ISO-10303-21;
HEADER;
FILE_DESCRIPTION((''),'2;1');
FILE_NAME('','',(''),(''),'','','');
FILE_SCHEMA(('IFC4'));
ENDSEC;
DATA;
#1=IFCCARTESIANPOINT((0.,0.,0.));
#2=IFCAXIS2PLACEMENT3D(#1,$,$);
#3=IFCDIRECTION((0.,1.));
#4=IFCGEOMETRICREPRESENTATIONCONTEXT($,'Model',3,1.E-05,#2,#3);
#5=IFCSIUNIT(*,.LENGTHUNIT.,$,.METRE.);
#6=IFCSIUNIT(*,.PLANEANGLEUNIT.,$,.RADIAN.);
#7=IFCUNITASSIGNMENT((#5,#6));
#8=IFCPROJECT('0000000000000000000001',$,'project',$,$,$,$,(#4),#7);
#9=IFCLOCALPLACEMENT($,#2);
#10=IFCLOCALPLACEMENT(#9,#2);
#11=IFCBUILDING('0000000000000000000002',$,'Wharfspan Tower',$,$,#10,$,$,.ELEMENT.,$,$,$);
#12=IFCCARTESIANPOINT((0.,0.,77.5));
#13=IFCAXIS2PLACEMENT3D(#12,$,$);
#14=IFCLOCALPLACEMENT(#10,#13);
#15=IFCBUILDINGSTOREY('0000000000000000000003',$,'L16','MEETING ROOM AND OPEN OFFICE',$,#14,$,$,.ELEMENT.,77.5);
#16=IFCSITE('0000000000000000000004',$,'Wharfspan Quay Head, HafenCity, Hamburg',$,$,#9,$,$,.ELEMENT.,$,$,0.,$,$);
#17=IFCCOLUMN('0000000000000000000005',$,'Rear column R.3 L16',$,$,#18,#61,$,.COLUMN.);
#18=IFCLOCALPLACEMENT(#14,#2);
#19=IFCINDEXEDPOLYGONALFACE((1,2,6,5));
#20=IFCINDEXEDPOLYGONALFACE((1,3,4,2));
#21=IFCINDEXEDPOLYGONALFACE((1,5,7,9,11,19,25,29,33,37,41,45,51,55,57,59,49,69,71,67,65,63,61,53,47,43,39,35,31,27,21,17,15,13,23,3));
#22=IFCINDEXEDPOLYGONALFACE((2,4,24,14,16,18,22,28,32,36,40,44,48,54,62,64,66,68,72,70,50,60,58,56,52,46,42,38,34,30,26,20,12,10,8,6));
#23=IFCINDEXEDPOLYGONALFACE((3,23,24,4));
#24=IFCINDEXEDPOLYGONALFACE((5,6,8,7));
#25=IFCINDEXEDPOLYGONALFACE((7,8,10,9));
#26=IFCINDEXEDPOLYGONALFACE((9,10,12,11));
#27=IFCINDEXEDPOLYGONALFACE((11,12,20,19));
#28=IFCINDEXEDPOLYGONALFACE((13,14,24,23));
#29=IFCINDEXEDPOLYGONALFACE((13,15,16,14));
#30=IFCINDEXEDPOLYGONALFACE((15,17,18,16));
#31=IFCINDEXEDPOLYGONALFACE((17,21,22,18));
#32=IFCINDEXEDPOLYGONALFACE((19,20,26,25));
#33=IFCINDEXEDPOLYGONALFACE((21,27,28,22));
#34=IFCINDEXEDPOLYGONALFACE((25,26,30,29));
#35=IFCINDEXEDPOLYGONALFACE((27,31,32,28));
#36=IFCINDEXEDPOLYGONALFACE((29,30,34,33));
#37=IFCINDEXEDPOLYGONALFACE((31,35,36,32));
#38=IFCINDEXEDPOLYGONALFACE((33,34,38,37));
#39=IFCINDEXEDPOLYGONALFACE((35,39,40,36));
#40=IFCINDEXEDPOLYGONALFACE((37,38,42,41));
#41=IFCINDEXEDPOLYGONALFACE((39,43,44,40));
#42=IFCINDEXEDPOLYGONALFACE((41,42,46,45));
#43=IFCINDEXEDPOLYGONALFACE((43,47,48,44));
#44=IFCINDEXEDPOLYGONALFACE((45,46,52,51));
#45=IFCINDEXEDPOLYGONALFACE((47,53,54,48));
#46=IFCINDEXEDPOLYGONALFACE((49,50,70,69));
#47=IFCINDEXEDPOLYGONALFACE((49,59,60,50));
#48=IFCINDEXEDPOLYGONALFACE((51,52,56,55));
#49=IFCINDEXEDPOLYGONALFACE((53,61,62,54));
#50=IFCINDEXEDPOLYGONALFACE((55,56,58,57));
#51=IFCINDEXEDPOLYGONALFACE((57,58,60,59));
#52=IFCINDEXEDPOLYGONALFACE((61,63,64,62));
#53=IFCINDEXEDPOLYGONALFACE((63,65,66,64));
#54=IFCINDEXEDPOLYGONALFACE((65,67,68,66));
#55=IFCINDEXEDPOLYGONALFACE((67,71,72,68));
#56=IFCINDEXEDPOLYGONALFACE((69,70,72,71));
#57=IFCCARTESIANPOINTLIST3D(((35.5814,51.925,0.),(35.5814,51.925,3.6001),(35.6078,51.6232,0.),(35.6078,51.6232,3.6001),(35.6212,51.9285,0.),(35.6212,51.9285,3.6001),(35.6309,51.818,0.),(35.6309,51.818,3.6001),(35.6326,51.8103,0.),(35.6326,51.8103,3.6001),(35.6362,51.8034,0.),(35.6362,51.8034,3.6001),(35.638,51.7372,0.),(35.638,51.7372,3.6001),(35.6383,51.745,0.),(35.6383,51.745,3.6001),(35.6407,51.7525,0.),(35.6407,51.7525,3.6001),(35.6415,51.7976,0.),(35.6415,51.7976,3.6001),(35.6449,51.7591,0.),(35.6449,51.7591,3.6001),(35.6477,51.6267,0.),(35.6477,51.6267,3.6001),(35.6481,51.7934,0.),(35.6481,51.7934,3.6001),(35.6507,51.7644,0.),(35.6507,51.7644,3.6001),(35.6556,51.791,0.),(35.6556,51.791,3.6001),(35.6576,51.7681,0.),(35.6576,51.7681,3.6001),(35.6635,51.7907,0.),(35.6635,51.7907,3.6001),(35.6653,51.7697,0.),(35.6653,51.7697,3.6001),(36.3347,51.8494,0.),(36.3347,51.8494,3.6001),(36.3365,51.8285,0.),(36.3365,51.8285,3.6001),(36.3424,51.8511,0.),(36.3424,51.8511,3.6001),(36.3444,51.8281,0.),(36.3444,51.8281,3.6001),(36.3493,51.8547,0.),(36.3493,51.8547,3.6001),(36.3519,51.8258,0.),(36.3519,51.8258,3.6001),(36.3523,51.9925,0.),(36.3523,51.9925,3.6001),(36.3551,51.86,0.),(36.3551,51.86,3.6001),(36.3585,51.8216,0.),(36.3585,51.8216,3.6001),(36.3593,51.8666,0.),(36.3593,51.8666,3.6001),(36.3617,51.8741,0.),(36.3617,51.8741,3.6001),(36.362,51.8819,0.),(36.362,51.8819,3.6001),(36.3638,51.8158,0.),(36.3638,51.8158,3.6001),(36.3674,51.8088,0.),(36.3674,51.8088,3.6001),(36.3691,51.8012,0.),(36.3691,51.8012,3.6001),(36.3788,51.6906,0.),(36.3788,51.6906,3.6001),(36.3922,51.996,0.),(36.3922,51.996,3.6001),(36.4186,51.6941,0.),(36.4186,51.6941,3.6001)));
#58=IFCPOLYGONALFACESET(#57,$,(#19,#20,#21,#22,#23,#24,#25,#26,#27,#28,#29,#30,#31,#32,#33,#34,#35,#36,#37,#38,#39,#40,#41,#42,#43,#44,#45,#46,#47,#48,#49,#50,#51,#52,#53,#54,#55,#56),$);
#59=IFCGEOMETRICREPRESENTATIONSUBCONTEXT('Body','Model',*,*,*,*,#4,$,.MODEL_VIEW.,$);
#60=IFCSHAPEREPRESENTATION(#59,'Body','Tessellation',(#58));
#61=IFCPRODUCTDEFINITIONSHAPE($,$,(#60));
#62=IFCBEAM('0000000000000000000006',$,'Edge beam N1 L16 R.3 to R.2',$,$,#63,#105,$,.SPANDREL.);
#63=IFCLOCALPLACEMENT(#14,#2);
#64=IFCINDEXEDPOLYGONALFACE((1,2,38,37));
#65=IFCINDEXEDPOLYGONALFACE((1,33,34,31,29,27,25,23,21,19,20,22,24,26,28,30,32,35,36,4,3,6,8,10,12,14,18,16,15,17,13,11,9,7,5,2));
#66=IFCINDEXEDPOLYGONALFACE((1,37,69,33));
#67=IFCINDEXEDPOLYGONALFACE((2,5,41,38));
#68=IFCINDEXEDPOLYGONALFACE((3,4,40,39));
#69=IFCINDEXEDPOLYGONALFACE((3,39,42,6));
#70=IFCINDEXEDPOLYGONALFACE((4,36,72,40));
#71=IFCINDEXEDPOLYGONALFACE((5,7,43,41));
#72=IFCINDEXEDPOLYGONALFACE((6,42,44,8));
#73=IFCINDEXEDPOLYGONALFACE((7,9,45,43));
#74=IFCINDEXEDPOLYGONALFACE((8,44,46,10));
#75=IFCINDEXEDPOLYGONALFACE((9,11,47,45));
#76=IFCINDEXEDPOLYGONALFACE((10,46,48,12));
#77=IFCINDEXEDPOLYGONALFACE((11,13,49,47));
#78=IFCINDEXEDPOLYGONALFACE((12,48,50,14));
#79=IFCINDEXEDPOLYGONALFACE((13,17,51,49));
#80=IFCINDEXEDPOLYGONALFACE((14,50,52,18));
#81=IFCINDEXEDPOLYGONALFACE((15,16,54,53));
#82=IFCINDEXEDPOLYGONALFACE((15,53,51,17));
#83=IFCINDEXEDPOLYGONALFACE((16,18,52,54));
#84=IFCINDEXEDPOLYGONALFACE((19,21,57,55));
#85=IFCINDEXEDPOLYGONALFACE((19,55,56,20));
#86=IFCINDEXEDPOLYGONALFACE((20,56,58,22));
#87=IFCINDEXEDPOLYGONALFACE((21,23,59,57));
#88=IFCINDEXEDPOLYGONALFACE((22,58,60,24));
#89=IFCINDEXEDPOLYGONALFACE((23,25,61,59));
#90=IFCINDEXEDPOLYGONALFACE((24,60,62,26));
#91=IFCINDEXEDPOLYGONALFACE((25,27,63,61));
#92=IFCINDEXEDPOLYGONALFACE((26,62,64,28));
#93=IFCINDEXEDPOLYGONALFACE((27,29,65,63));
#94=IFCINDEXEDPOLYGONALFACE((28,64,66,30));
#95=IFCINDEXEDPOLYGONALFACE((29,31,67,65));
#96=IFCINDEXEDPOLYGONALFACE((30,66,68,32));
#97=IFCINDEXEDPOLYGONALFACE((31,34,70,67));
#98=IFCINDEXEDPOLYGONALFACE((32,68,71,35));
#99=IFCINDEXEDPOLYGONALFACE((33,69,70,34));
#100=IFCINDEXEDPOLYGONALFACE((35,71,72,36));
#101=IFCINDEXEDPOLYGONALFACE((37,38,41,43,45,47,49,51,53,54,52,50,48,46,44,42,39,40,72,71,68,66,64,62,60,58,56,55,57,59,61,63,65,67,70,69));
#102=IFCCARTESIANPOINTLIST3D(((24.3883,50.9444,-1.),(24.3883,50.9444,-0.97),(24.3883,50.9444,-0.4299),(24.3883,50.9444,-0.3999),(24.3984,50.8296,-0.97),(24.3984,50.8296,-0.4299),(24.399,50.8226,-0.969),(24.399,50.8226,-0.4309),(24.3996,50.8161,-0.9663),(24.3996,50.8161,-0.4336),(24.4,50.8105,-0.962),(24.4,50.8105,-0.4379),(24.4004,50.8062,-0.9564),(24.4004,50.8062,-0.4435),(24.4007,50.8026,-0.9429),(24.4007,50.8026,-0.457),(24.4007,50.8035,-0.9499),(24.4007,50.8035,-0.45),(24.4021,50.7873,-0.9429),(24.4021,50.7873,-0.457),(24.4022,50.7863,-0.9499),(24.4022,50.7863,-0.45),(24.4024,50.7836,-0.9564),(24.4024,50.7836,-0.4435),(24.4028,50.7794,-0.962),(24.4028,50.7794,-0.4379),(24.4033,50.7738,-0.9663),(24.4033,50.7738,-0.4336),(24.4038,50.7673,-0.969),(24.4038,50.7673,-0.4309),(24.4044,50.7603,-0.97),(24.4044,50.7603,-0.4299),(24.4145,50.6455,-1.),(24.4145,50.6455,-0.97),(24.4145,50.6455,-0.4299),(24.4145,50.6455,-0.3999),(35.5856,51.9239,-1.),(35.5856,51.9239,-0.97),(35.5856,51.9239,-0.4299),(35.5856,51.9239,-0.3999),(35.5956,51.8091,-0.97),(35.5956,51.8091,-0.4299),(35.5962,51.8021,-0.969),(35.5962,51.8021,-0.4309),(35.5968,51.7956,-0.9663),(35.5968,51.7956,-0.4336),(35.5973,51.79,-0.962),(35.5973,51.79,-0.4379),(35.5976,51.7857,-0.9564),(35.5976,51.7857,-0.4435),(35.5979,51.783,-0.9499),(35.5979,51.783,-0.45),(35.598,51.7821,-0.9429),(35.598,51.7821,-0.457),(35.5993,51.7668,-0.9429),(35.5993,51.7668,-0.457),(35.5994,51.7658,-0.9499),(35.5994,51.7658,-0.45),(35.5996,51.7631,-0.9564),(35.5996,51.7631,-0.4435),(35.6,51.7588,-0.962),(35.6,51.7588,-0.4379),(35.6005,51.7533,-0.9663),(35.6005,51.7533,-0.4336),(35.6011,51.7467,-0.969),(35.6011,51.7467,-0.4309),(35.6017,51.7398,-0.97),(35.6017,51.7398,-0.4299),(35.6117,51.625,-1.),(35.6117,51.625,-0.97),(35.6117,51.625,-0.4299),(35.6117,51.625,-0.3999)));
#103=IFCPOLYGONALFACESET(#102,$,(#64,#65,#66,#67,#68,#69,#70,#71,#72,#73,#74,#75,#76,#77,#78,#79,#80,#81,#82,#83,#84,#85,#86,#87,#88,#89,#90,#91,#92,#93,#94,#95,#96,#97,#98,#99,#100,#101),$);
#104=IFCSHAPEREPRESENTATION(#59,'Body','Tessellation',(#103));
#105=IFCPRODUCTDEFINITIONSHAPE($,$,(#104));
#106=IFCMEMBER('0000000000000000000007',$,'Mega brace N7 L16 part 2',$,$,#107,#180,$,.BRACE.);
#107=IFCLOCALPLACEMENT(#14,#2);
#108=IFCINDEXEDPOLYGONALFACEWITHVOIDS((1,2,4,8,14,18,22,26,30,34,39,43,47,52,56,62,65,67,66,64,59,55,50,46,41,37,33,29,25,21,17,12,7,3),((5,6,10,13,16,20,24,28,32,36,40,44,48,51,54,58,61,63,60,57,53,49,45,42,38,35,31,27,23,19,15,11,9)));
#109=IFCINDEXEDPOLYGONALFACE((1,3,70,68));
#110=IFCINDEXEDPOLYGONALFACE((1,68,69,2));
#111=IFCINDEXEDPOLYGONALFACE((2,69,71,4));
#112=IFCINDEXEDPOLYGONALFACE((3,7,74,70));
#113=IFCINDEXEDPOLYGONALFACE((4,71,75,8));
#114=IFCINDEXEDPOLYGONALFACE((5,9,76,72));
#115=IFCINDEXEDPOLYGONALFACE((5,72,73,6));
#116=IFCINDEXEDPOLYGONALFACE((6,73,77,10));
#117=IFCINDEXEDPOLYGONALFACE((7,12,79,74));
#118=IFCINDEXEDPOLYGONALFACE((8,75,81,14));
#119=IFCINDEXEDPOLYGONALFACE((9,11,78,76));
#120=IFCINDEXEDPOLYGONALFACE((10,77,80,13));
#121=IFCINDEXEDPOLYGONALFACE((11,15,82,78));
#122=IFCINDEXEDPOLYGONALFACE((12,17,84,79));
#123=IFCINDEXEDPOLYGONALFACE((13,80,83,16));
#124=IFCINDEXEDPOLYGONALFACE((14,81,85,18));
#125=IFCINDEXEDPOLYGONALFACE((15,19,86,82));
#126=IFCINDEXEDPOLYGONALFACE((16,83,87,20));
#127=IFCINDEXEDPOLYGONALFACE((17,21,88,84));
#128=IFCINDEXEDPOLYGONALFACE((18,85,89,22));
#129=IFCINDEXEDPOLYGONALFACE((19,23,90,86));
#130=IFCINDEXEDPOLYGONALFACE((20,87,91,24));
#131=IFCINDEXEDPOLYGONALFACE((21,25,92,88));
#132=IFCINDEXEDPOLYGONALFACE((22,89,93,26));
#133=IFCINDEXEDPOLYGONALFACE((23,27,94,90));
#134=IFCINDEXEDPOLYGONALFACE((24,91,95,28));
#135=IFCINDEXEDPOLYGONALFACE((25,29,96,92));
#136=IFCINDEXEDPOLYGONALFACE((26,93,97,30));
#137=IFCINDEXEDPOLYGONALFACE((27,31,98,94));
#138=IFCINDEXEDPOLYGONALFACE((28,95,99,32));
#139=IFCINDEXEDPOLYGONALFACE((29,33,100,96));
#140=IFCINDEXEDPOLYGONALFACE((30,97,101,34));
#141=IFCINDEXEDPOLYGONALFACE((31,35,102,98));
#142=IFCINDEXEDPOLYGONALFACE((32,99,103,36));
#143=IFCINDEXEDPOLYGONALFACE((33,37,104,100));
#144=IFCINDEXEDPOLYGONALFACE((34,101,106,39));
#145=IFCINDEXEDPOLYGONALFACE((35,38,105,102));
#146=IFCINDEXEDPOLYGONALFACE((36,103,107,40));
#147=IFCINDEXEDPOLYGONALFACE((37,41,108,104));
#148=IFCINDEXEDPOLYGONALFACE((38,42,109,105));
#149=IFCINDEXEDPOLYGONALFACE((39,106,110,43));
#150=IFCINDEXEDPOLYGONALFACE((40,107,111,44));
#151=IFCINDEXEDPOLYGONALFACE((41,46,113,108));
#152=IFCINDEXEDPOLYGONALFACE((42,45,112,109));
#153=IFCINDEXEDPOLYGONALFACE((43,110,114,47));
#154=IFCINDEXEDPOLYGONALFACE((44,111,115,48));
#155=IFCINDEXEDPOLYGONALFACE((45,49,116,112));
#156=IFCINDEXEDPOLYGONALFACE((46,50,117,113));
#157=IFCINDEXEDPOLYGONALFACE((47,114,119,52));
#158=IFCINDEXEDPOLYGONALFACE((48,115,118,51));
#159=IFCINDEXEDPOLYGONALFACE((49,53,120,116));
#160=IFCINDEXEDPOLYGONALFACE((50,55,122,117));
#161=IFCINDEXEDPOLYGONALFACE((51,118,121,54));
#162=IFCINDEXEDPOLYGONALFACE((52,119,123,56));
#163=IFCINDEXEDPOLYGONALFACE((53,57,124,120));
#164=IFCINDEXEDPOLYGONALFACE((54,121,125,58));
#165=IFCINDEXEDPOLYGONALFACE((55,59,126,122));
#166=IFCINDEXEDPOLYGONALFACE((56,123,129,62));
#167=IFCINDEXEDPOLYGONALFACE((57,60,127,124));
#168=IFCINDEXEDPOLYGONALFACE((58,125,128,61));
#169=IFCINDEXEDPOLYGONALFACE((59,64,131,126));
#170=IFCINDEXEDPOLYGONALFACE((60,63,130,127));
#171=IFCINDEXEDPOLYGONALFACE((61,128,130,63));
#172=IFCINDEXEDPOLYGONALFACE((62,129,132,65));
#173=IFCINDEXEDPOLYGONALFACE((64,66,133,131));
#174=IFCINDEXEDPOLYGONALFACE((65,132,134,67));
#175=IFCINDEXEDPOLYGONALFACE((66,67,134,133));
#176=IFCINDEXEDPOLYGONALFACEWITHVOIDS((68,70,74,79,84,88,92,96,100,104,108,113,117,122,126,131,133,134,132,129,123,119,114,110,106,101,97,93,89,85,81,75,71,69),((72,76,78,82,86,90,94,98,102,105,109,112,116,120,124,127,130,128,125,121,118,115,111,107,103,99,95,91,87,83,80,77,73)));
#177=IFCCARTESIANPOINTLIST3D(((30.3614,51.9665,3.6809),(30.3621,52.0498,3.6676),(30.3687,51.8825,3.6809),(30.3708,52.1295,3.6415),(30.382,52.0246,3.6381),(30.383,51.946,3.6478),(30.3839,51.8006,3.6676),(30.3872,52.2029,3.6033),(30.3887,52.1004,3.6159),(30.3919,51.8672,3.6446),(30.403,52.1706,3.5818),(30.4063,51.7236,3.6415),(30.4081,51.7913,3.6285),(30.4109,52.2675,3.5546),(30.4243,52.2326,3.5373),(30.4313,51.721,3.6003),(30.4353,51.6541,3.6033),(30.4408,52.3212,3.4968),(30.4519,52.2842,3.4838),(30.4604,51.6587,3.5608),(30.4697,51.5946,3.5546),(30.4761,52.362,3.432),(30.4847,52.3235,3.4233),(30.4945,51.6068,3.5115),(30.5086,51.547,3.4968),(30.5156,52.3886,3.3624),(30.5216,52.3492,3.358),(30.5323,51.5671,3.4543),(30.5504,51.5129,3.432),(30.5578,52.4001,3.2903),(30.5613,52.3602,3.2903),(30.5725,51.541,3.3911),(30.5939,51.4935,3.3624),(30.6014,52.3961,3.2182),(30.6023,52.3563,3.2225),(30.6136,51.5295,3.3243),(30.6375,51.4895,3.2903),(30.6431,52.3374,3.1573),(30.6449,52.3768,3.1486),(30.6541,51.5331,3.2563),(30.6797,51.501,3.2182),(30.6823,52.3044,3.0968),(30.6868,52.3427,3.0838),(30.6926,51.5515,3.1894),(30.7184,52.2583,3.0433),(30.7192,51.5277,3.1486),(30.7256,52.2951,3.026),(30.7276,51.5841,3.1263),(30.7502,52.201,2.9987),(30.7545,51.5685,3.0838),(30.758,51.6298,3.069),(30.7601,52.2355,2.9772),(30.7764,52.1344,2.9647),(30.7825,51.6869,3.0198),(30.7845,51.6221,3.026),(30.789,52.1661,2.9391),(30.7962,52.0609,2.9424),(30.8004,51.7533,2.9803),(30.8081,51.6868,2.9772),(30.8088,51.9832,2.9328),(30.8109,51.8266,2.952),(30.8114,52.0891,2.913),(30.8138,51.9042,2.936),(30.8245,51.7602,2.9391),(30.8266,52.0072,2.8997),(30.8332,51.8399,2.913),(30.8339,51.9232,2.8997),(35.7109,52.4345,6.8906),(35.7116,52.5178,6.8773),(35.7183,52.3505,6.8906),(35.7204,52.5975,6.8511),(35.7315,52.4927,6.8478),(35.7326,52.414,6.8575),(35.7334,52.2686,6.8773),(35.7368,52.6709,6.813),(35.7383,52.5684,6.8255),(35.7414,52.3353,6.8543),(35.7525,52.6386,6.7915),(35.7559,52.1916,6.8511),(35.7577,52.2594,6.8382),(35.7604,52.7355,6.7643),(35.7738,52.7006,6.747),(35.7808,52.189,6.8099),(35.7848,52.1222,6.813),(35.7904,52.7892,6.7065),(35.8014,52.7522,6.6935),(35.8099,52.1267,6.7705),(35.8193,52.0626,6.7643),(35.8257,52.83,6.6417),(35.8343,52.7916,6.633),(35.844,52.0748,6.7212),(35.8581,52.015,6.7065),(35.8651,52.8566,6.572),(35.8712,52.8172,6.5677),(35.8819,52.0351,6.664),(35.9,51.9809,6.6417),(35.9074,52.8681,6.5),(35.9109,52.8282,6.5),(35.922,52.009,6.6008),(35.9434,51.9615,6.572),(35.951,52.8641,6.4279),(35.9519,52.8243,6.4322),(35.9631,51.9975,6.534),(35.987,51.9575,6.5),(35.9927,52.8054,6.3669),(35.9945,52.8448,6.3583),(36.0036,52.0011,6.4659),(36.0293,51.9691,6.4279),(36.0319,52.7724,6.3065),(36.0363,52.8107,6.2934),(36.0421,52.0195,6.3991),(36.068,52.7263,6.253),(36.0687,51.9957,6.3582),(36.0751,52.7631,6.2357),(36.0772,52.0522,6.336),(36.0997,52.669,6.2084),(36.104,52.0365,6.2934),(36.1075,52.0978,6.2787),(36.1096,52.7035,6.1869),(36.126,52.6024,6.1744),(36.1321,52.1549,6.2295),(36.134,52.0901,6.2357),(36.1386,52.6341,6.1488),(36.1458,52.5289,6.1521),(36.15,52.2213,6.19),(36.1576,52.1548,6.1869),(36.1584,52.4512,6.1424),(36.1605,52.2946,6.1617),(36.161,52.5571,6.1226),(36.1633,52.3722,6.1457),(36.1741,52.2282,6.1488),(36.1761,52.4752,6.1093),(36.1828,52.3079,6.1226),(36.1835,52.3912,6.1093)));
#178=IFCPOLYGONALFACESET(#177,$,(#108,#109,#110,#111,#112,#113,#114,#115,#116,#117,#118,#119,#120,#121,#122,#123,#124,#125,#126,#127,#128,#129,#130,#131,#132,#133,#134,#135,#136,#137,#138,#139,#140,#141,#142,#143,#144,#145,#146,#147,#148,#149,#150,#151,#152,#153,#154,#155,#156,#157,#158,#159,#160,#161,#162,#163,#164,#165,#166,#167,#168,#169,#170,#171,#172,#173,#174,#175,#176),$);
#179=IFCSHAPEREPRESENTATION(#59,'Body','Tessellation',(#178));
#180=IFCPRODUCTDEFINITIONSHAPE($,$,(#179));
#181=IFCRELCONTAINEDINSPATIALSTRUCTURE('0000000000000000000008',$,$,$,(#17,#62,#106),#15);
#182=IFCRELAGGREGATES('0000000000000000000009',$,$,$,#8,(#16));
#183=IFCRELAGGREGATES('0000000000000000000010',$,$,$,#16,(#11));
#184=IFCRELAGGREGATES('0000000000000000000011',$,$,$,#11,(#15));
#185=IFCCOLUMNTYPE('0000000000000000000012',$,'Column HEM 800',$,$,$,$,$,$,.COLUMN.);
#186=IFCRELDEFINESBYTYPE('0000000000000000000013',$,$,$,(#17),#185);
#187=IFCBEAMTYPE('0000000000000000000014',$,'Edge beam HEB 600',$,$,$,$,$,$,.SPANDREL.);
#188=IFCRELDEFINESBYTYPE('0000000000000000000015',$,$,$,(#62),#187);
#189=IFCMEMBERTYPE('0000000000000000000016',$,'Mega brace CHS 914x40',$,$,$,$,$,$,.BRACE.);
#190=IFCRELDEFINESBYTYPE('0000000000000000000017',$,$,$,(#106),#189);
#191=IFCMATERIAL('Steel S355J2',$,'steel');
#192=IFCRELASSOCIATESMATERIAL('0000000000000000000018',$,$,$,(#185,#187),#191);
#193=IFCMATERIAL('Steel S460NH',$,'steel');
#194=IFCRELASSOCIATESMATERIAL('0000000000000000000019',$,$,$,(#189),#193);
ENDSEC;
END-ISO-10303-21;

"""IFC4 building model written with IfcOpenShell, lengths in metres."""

from ifc_helpers import new_model, si_unit, direction, frame, origin, origin_2d, place, context, subcontext, project, spatial, hollow_circle, i_section, extrude, material, material_profile, profile_set, type_object, element, save


model = new_model("IFC4")

# Units and contexts
model_context = context("Model", 3, precision=1e-05, world=origin(), true_north=direction((0.0, 1.0)))
body_context = subcontext(model_context, "Body", "Model", "MODEL_VIEW")
ifc_project = project(units=[si_unit("LENGTHUNIT", "METRE"), si_unit("PLANEANGLEUNIT", "RADIAN")], contexts=[model_context])

# Site, building, storey
site_placement = place(None, origin())
site = spatial("IfcSite", under=ifc_project, at=site_placement, Name="Wharfspan Quay Head, HafenCity, Hamburg", CompositionType="ELEMENT", RefElevation=0.0)
building_placement = place(site_placement, origin())
building = spatial("IfcBuilding", under=site, at=building_placement, Name="Wharfspan Tower", CompositionType="ELEMENT")
storey_placement = place(building_placement, frame((0.0, 0.0, 77.5)))
storey = spatial("IfcBuildingStorey", under=building, at=storey_placement, Name="L16", Description="MEETING ROOM AND OPEN OFFICE", CompositionType="ELEMENT", Elevation=77.5)

# Column
ifc_material_1 = material(Name="Steel S355J2", Category="steel")
ifc_material_profile_1 = material_profile(ifc_material_1, i_section(OverallWidth=0.303, OverallDepth=0.814, WebThickness=0.021, FlangeThickness=0.04, FilletRadius=0.03, at=origin_2d()))
ifc_profile_set_1 = profile_set([ifc_material_profile_1], Name="Steel S355J2")
column_type = type_object("IfcColumnType", Name="Column HEM 800", PredefinedType="COLUMN", material=ifc_profile_set_1)
column_placement = place(storey_placement, frame((36.0, 51.8096, 0.0), z_axis=(0.0, 0.0, 1.0), x_axis=(-0.087156, 0.996197, 0.0)))
element("IfcColumn", 1, at=column_placement, inside=storey, type_object=column_type, Name="Rear column R.3 L16", PredefinedType="COLUMN", context=body_context, shape_type="SweptSolid", body=[
    extrude(i_section(OverallWidth=0.303, OverallDepth=0.814, WebThickness=0.021, FlangeThickness=0.04, FilletRadius=0.03, at=origin_2d()), origin(), (0.0, 0.0, 1.0), 3.6001),
])

# Beam
ifc_material_profile_2 = material_profile(ifc_material_1, i_section(OverallWidth=0.3, OverallDepth=0.6001, WebThickness=0.0154, FlangeThickness=0.03, FilletRadius=0.0271, at=origin_2d()))
ifc_profile_set_2 = profile_set([ifc_material_profile_2], Name="Steel S355J2")
beam_type = type_object("IfcBeamType", Name="Edge beam HEB 600", PredefinedType="SPANDREL", material=ifc_profile_set_2)
beam_placement = place(storey_placement, frame((35.5986, 51.7744, -0.7), z_axis=(-0.996196, -0.087143, 0.0), x_axis=(0.087143, -0.996196, 0.0)))
element("IfcBeam", 2, at=beam_placement, inside=storey, type_object=beam_type, Name="Edge beam N1 L16 R.3 to R.2", PredefinedType="SPANDREL", context=body_context, shape_type="SweptSolid", body=[
    extrude(i_section(OverallWidth=0.3, OverallDepth=0.6001, WebThickness=0.0154, FlangeThickness=0.03, FilletRadius=0.0271, at=origin_2d()), origin(), (0.0, 0.0, 1.0), 11.24),
])

# Member
ifc_material_2 = material(Name="Steel S460NH", Category="steel")
ifc_material_profile_3 = material_profile(ifc_material_2, hollow_circle(Radius=0.457, WallThickness=0.04, at=origin_2d()))
ifc_profile_set_3 = profile_set([ifc_material_profile_3], Name="Steel S460NH")
member_type = type_object("IfcMemberType", Name="Mega brace CHS 914x40", PredefinedType="BRACE", material=ifc_profile_set_3)
for number, where, z_axis, x_axis, name in (
    (3, (30.5977, 51.9448, 3.2903), (0.855094, 0.074809, 0.513048), (-0.087154, 0.996195, 0.000001), "Mega brace N7 L16 part 2"),
):
    element("IfcMember", number, at=place(storey_placement, frame(where, z_axis=z_axis, x_axis=x_axis)), inside=storey, type_object=member_type, Name=name, PredefinedType="BRACE", context=body_context, shape_type="SweptSolid", body=[
        extrude(hollow_circle(Radius=0.457, WallThickness=0.04, at=origin_2d()), origin(), (0.0, 0.0, 1.0), 6.2561),
    ])

save(model, "model.ifc")
